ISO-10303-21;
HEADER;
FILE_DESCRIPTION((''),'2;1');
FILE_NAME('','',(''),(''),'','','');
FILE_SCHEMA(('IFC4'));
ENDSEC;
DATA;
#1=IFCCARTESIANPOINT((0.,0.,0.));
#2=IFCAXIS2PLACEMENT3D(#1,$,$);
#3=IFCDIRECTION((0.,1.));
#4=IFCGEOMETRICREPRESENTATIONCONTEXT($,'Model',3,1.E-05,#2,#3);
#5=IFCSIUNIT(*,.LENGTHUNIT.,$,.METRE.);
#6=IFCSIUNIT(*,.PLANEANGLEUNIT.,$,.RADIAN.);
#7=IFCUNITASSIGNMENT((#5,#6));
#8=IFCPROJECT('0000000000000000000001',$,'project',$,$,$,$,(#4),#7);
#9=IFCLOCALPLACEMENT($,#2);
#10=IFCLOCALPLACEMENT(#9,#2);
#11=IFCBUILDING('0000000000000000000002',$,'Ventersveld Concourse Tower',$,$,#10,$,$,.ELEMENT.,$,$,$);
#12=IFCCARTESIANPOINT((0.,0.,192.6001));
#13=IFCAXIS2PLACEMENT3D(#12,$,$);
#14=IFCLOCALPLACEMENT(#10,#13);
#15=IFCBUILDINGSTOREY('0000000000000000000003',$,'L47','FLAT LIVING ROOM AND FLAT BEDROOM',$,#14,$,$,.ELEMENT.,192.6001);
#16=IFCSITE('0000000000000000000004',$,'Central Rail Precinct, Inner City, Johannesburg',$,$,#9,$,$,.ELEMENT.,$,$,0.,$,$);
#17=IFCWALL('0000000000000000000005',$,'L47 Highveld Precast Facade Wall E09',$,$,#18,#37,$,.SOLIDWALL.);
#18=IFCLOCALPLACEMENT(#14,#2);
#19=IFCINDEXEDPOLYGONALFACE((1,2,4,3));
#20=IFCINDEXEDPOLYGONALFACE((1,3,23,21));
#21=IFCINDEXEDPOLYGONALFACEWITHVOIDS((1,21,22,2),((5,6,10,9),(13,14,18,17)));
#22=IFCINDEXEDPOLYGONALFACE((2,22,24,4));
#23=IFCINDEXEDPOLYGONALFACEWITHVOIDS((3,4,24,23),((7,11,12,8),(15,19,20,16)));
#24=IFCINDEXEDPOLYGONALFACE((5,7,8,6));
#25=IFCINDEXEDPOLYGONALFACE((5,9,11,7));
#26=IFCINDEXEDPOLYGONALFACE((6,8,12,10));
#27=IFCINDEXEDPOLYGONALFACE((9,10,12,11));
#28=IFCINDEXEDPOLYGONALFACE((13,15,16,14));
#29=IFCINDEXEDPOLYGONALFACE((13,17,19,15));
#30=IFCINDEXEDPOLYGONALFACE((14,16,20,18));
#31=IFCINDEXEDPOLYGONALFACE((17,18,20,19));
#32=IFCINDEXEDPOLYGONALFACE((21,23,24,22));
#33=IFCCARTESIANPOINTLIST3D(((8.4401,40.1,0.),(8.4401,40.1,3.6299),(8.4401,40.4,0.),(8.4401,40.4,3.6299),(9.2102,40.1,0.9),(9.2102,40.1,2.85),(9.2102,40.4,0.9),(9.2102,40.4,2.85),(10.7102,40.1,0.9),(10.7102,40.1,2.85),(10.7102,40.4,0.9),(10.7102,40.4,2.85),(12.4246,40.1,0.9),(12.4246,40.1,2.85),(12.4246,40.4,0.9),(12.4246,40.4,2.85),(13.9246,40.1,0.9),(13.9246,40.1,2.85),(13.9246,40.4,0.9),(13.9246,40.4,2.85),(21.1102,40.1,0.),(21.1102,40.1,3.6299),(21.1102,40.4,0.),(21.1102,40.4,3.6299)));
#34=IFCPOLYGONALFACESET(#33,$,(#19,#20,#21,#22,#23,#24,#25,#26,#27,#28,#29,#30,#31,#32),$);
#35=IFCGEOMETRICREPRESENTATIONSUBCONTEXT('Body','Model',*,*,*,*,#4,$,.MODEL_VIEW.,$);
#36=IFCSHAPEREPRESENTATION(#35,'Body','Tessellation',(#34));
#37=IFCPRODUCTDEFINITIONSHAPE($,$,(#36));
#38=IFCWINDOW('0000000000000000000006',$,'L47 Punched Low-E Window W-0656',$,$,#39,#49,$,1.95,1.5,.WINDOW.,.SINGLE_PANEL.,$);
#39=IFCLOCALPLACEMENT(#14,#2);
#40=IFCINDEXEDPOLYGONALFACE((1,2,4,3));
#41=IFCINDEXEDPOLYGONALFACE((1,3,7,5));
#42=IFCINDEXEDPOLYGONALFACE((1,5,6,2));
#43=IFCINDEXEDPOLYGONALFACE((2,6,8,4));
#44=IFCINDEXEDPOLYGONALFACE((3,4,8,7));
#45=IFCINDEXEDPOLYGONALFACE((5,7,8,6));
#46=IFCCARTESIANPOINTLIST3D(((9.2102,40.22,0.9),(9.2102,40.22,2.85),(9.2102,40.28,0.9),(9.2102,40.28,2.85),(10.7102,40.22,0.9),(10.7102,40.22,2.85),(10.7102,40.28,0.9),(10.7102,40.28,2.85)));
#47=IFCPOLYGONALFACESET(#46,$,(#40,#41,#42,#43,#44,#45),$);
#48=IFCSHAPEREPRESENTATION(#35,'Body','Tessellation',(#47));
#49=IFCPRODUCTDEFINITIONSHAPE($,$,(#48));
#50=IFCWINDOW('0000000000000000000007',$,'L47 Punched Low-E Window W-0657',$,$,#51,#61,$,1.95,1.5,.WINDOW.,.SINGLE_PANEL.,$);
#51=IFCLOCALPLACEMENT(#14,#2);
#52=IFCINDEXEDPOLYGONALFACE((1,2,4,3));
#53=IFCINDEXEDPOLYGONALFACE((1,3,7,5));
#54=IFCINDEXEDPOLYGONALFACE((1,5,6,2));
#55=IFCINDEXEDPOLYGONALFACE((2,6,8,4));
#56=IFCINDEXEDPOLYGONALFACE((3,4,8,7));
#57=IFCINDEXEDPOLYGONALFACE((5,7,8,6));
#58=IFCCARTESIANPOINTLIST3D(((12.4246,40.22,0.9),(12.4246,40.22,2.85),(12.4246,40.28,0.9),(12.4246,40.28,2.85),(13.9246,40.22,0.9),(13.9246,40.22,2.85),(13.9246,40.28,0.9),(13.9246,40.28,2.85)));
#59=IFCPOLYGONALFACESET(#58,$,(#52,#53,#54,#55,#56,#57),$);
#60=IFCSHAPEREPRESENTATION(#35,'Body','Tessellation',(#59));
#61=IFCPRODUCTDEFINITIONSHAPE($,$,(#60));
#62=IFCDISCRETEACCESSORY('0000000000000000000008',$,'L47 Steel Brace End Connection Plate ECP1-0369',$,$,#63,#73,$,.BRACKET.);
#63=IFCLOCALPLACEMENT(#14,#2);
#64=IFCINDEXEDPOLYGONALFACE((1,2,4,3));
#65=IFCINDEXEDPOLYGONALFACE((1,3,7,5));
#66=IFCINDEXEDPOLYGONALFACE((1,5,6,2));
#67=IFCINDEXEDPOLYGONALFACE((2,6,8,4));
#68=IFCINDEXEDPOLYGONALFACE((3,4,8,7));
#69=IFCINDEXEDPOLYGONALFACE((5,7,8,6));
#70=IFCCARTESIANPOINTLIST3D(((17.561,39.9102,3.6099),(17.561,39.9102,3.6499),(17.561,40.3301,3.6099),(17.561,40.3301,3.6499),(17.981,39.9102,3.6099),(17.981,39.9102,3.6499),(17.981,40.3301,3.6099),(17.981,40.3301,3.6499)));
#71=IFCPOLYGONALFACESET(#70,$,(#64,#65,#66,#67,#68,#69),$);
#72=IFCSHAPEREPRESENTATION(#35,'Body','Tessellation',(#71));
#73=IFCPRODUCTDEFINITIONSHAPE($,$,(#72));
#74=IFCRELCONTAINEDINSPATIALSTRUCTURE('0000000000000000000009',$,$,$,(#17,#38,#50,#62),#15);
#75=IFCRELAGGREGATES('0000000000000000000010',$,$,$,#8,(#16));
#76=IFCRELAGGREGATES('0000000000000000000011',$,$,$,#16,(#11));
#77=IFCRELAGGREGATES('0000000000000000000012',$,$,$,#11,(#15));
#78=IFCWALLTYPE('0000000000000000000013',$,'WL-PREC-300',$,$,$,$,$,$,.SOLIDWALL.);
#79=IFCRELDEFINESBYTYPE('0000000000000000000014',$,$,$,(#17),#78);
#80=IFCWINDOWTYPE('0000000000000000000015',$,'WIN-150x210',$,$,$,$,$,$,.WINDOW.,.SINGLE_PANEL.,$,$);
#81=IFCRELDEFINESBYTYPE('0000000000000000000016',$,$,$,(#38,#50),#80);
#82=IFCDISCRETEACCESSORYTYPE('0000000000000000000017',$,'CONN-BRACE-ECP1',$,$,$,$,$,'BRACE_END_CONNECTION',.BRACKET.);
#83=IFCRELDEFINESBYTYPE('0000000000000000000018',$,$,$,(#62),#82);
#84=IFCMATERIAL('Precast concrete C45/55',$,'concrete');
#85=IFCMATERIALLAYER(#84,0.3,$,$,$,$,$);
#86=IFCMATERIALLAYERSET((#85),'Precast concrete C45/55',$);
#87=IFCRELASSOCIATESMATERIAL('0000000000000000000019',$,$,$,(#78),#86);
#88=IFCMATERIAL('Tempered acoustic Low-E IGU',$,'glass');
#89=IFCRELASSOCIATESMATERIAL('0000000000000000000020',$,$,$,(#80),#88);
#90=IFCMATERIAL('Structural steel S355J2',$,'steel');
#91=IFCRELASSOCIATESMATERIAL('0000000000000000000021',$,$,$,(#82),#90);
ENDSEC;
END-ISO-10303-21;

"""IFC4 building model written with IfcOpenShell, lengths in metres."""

from ifc_helpers import new_model, si_unit, direction, frame, frame_2d, origin, origin_2d, place, context, subcontext, project, spatial, rectangle, extrude, material, layer, layer_set, type_object, element, fill, save


model = new_model("IFC4")

# Units and contexts
model_context = context("Model", 3, precision=1e-05, world=origin(), true_north=direction((0.0, 1.0)))
body_context = subcontext(model_context, "Body", "Model", "MODEL_VIEW")
ifc_project = project(units=[si_unit("LENGTHUNIT", "METRE"), si_unit("PLANEANGLEUNIT", "RADIAN")], contexts=[model_context])

# Site, building, storey
site_placement = place(None, origin())
site = spatial("IfcSite", under=ifc_project, at=site_placement, Name="Central Rail Precinct, Inner City, Johannesburg", CompositionType="ELEMENT", RefElevation=0.0)
building_placement = place(site_placement, origin())
building = spatial("IfcBuilding", under=site, at=building_placement, Name="Ventersveld Concourse Tower", CompositionType="ELEMENT")
storey_placement = place(building_placement, frame((0.0, 0.0, 192.6001)))
storey = spatial("IfcBuildingStorey", under=building, at=storey_placement, Name="L47", Description="FLAT LIVING ROOM AND FLAT BEDROOM", CompositionType="ELEMENT", Elevation=192.6001)

# Shared definitions
ifc_material_1 = material(Name="Structural steel S355J2", Category="steel")

# Shared definitions
ifc_material_2 = material(Name="Precast concrete C45/55", Category="concrete")
ifc_layer_1 = layer(ifc_material_2, 0.3)
ifc_layer_set_1 = layer_set([ifc_layer_1], Name="Precast concrete C45/55")
wall_type_1 = type_object("IfcWallType", Name="WL-PREC-300", PredefinedType="SOLIDWALL", material=ifc_layer_set_1)

# Wall, openings, windows
wall_1_placement = place(storey_placement, frame((21.1101, 40.25, 0.0), z_axis=(0.0, 0.0, 1.0), x_axis=(-1.0, 0.0, 0.0)))
wall_1 = element("IfcWall", 1, at=wall_1_placement, inside=storey, type_object=wall_type_1, Name="L47 Highveld Precast Facade Wall E09", PredefinedType="SOLIDWALL", context=body_context, shape_type="SweptSolid", body=[
    extrude(rectangle(XDim=12.6702, YDim=0.3, at=frame_2d((6.335, 0.0))), origin(), (0.0, 0.0, 1.0), 3.6299),
])
opening_1_placement = place(wall_1_placement, frame((10.3999, 0.0, 0.8999)))
opening_1 = element("IfcOpeningElement", 2, at=opening_1_placement, cuts=wall_1, PredefinedType="OPENING", context=body_context, shape_type="SweptSolid", body=[
    extrude(rectangle(XDim=1.5, YDim=1.95, at=frame_2d((0.75, 0.9751))), frame((0.0, 0.1602, 0.0), z_axis=(0.0, -1.0, 0.0), x_axis=(1.0, 0.0, 0.0)), (0.0, 0.0, 1.0), 0.3201),
])
opening_2_placement = place(wall_1_placement, frame((7.1855, 0.0, 0.8999)))
opening_2 = element("IfcOpeningElement", 3, at=opening_2_placement, cuts=wall_1, PredefinedType="OPENING", context=body_context, shape_type="SweptSolid", body=[
    extrude(rectangle(XDim=1.5, YDim=1.95, at=frame_2d((0.75, 0.9751))), frame((0.0, 0.1602, 0.0), z_axis=(0.0, -1.0, 0.0), x_axis=(1.0, 0.0, 0.0)), (0.0, 0.0, 1.0), 0.3201),
])
ifc_material_3 = material(Name="Tempered acoustic Low-E IGU", Category="glass")
window_type = type_object("IfcWindowType", Name="WIN-150x210", PartitioningType="SINGLE_PANEL", PredefinedType="WINDOW", material=ifc_material_3)
window_1_placement = place(opening_1_placement, origin())
window_1 = element("IfcWindow", 4, at=window_1_placement, inside=storey, type_object=window_type, Name="L47 Punched Low-E Window W-0656", OverallHeight=1.95, OverallWidth=1.5, PartitioningType="SINGLE_PANEL", PredefinedType="WINDOW", context=body_context, shape_type="SweptSolid", body=[
    extrude(rectangle(XDim=1.5, YDim=1.95, at=frame_2d((0.75, 0.9751))), frame((0.0, 0.03, 0.0), z_axis=(0.0, -1.0, 0.0), x_axis=(1.0, 0.0, 0.0)), (0.0, 0.0, 1.0), 0.0601),
])
fill(opening_1, window_1)
window_2_placement = place(opening_2_placement, origin())
window_2 = element("IfcWindow", 5, at=window_2_placement, inside=storey, type_object=window_type, Name="L47 Punched Low-E Window W-0657", OverallHeight=1.95, OverallWidth=1.5, PartitioningType="SINGLE_PANEL", PredefinedType="WINDOW", context=body_context, shape_type="SweptSolid", body=[
    extrude(rectangle(XDim=1.5, YDim=1.95, at=frame_2d((0.75, 0.9751))), frame((0.0, 0.03, 0.0), z_axis=(0.0, -1.0, 0.0), x_axis=(1.0, 0.0, 0.0)), (0.0, 0.0, 1.0), 0.0601),
])
fill(opening_2, window_2)

# Discrete accessory
discrete_accessory_type = type_object("IfcDiscreteAccessoryType", Name="CONN-BRACE-ECP1", ElementType="BRACE_END_CONNECTION", PredefinedType="BRACKET", material=ifc_material_1)
discrete_accessory_placement = place(storey_placement, frame((17.771, 40.1201, 3.6099), z_axis=(0.0, 0.0, 1.0), x_axis=(1.0, 0.0, 0.0)))
element("IfcDiscreteAccessory", 6, at=discrete_accessory_placement, inside=storey, type_object=discrete_accessory_type, Name="L47 Steel Brace End Connection Plate ECP1-0369", PredefinedType="BRACKET", context=body_context, shape_type="SweptSolid", body=[
    extrude(rectangle(XDim=0.4199, YDim=0.4199, at=origin_2d()), origin(), (0.0, 0.0, 1.0), 0.04),
])

save(model, "model.ifc")
